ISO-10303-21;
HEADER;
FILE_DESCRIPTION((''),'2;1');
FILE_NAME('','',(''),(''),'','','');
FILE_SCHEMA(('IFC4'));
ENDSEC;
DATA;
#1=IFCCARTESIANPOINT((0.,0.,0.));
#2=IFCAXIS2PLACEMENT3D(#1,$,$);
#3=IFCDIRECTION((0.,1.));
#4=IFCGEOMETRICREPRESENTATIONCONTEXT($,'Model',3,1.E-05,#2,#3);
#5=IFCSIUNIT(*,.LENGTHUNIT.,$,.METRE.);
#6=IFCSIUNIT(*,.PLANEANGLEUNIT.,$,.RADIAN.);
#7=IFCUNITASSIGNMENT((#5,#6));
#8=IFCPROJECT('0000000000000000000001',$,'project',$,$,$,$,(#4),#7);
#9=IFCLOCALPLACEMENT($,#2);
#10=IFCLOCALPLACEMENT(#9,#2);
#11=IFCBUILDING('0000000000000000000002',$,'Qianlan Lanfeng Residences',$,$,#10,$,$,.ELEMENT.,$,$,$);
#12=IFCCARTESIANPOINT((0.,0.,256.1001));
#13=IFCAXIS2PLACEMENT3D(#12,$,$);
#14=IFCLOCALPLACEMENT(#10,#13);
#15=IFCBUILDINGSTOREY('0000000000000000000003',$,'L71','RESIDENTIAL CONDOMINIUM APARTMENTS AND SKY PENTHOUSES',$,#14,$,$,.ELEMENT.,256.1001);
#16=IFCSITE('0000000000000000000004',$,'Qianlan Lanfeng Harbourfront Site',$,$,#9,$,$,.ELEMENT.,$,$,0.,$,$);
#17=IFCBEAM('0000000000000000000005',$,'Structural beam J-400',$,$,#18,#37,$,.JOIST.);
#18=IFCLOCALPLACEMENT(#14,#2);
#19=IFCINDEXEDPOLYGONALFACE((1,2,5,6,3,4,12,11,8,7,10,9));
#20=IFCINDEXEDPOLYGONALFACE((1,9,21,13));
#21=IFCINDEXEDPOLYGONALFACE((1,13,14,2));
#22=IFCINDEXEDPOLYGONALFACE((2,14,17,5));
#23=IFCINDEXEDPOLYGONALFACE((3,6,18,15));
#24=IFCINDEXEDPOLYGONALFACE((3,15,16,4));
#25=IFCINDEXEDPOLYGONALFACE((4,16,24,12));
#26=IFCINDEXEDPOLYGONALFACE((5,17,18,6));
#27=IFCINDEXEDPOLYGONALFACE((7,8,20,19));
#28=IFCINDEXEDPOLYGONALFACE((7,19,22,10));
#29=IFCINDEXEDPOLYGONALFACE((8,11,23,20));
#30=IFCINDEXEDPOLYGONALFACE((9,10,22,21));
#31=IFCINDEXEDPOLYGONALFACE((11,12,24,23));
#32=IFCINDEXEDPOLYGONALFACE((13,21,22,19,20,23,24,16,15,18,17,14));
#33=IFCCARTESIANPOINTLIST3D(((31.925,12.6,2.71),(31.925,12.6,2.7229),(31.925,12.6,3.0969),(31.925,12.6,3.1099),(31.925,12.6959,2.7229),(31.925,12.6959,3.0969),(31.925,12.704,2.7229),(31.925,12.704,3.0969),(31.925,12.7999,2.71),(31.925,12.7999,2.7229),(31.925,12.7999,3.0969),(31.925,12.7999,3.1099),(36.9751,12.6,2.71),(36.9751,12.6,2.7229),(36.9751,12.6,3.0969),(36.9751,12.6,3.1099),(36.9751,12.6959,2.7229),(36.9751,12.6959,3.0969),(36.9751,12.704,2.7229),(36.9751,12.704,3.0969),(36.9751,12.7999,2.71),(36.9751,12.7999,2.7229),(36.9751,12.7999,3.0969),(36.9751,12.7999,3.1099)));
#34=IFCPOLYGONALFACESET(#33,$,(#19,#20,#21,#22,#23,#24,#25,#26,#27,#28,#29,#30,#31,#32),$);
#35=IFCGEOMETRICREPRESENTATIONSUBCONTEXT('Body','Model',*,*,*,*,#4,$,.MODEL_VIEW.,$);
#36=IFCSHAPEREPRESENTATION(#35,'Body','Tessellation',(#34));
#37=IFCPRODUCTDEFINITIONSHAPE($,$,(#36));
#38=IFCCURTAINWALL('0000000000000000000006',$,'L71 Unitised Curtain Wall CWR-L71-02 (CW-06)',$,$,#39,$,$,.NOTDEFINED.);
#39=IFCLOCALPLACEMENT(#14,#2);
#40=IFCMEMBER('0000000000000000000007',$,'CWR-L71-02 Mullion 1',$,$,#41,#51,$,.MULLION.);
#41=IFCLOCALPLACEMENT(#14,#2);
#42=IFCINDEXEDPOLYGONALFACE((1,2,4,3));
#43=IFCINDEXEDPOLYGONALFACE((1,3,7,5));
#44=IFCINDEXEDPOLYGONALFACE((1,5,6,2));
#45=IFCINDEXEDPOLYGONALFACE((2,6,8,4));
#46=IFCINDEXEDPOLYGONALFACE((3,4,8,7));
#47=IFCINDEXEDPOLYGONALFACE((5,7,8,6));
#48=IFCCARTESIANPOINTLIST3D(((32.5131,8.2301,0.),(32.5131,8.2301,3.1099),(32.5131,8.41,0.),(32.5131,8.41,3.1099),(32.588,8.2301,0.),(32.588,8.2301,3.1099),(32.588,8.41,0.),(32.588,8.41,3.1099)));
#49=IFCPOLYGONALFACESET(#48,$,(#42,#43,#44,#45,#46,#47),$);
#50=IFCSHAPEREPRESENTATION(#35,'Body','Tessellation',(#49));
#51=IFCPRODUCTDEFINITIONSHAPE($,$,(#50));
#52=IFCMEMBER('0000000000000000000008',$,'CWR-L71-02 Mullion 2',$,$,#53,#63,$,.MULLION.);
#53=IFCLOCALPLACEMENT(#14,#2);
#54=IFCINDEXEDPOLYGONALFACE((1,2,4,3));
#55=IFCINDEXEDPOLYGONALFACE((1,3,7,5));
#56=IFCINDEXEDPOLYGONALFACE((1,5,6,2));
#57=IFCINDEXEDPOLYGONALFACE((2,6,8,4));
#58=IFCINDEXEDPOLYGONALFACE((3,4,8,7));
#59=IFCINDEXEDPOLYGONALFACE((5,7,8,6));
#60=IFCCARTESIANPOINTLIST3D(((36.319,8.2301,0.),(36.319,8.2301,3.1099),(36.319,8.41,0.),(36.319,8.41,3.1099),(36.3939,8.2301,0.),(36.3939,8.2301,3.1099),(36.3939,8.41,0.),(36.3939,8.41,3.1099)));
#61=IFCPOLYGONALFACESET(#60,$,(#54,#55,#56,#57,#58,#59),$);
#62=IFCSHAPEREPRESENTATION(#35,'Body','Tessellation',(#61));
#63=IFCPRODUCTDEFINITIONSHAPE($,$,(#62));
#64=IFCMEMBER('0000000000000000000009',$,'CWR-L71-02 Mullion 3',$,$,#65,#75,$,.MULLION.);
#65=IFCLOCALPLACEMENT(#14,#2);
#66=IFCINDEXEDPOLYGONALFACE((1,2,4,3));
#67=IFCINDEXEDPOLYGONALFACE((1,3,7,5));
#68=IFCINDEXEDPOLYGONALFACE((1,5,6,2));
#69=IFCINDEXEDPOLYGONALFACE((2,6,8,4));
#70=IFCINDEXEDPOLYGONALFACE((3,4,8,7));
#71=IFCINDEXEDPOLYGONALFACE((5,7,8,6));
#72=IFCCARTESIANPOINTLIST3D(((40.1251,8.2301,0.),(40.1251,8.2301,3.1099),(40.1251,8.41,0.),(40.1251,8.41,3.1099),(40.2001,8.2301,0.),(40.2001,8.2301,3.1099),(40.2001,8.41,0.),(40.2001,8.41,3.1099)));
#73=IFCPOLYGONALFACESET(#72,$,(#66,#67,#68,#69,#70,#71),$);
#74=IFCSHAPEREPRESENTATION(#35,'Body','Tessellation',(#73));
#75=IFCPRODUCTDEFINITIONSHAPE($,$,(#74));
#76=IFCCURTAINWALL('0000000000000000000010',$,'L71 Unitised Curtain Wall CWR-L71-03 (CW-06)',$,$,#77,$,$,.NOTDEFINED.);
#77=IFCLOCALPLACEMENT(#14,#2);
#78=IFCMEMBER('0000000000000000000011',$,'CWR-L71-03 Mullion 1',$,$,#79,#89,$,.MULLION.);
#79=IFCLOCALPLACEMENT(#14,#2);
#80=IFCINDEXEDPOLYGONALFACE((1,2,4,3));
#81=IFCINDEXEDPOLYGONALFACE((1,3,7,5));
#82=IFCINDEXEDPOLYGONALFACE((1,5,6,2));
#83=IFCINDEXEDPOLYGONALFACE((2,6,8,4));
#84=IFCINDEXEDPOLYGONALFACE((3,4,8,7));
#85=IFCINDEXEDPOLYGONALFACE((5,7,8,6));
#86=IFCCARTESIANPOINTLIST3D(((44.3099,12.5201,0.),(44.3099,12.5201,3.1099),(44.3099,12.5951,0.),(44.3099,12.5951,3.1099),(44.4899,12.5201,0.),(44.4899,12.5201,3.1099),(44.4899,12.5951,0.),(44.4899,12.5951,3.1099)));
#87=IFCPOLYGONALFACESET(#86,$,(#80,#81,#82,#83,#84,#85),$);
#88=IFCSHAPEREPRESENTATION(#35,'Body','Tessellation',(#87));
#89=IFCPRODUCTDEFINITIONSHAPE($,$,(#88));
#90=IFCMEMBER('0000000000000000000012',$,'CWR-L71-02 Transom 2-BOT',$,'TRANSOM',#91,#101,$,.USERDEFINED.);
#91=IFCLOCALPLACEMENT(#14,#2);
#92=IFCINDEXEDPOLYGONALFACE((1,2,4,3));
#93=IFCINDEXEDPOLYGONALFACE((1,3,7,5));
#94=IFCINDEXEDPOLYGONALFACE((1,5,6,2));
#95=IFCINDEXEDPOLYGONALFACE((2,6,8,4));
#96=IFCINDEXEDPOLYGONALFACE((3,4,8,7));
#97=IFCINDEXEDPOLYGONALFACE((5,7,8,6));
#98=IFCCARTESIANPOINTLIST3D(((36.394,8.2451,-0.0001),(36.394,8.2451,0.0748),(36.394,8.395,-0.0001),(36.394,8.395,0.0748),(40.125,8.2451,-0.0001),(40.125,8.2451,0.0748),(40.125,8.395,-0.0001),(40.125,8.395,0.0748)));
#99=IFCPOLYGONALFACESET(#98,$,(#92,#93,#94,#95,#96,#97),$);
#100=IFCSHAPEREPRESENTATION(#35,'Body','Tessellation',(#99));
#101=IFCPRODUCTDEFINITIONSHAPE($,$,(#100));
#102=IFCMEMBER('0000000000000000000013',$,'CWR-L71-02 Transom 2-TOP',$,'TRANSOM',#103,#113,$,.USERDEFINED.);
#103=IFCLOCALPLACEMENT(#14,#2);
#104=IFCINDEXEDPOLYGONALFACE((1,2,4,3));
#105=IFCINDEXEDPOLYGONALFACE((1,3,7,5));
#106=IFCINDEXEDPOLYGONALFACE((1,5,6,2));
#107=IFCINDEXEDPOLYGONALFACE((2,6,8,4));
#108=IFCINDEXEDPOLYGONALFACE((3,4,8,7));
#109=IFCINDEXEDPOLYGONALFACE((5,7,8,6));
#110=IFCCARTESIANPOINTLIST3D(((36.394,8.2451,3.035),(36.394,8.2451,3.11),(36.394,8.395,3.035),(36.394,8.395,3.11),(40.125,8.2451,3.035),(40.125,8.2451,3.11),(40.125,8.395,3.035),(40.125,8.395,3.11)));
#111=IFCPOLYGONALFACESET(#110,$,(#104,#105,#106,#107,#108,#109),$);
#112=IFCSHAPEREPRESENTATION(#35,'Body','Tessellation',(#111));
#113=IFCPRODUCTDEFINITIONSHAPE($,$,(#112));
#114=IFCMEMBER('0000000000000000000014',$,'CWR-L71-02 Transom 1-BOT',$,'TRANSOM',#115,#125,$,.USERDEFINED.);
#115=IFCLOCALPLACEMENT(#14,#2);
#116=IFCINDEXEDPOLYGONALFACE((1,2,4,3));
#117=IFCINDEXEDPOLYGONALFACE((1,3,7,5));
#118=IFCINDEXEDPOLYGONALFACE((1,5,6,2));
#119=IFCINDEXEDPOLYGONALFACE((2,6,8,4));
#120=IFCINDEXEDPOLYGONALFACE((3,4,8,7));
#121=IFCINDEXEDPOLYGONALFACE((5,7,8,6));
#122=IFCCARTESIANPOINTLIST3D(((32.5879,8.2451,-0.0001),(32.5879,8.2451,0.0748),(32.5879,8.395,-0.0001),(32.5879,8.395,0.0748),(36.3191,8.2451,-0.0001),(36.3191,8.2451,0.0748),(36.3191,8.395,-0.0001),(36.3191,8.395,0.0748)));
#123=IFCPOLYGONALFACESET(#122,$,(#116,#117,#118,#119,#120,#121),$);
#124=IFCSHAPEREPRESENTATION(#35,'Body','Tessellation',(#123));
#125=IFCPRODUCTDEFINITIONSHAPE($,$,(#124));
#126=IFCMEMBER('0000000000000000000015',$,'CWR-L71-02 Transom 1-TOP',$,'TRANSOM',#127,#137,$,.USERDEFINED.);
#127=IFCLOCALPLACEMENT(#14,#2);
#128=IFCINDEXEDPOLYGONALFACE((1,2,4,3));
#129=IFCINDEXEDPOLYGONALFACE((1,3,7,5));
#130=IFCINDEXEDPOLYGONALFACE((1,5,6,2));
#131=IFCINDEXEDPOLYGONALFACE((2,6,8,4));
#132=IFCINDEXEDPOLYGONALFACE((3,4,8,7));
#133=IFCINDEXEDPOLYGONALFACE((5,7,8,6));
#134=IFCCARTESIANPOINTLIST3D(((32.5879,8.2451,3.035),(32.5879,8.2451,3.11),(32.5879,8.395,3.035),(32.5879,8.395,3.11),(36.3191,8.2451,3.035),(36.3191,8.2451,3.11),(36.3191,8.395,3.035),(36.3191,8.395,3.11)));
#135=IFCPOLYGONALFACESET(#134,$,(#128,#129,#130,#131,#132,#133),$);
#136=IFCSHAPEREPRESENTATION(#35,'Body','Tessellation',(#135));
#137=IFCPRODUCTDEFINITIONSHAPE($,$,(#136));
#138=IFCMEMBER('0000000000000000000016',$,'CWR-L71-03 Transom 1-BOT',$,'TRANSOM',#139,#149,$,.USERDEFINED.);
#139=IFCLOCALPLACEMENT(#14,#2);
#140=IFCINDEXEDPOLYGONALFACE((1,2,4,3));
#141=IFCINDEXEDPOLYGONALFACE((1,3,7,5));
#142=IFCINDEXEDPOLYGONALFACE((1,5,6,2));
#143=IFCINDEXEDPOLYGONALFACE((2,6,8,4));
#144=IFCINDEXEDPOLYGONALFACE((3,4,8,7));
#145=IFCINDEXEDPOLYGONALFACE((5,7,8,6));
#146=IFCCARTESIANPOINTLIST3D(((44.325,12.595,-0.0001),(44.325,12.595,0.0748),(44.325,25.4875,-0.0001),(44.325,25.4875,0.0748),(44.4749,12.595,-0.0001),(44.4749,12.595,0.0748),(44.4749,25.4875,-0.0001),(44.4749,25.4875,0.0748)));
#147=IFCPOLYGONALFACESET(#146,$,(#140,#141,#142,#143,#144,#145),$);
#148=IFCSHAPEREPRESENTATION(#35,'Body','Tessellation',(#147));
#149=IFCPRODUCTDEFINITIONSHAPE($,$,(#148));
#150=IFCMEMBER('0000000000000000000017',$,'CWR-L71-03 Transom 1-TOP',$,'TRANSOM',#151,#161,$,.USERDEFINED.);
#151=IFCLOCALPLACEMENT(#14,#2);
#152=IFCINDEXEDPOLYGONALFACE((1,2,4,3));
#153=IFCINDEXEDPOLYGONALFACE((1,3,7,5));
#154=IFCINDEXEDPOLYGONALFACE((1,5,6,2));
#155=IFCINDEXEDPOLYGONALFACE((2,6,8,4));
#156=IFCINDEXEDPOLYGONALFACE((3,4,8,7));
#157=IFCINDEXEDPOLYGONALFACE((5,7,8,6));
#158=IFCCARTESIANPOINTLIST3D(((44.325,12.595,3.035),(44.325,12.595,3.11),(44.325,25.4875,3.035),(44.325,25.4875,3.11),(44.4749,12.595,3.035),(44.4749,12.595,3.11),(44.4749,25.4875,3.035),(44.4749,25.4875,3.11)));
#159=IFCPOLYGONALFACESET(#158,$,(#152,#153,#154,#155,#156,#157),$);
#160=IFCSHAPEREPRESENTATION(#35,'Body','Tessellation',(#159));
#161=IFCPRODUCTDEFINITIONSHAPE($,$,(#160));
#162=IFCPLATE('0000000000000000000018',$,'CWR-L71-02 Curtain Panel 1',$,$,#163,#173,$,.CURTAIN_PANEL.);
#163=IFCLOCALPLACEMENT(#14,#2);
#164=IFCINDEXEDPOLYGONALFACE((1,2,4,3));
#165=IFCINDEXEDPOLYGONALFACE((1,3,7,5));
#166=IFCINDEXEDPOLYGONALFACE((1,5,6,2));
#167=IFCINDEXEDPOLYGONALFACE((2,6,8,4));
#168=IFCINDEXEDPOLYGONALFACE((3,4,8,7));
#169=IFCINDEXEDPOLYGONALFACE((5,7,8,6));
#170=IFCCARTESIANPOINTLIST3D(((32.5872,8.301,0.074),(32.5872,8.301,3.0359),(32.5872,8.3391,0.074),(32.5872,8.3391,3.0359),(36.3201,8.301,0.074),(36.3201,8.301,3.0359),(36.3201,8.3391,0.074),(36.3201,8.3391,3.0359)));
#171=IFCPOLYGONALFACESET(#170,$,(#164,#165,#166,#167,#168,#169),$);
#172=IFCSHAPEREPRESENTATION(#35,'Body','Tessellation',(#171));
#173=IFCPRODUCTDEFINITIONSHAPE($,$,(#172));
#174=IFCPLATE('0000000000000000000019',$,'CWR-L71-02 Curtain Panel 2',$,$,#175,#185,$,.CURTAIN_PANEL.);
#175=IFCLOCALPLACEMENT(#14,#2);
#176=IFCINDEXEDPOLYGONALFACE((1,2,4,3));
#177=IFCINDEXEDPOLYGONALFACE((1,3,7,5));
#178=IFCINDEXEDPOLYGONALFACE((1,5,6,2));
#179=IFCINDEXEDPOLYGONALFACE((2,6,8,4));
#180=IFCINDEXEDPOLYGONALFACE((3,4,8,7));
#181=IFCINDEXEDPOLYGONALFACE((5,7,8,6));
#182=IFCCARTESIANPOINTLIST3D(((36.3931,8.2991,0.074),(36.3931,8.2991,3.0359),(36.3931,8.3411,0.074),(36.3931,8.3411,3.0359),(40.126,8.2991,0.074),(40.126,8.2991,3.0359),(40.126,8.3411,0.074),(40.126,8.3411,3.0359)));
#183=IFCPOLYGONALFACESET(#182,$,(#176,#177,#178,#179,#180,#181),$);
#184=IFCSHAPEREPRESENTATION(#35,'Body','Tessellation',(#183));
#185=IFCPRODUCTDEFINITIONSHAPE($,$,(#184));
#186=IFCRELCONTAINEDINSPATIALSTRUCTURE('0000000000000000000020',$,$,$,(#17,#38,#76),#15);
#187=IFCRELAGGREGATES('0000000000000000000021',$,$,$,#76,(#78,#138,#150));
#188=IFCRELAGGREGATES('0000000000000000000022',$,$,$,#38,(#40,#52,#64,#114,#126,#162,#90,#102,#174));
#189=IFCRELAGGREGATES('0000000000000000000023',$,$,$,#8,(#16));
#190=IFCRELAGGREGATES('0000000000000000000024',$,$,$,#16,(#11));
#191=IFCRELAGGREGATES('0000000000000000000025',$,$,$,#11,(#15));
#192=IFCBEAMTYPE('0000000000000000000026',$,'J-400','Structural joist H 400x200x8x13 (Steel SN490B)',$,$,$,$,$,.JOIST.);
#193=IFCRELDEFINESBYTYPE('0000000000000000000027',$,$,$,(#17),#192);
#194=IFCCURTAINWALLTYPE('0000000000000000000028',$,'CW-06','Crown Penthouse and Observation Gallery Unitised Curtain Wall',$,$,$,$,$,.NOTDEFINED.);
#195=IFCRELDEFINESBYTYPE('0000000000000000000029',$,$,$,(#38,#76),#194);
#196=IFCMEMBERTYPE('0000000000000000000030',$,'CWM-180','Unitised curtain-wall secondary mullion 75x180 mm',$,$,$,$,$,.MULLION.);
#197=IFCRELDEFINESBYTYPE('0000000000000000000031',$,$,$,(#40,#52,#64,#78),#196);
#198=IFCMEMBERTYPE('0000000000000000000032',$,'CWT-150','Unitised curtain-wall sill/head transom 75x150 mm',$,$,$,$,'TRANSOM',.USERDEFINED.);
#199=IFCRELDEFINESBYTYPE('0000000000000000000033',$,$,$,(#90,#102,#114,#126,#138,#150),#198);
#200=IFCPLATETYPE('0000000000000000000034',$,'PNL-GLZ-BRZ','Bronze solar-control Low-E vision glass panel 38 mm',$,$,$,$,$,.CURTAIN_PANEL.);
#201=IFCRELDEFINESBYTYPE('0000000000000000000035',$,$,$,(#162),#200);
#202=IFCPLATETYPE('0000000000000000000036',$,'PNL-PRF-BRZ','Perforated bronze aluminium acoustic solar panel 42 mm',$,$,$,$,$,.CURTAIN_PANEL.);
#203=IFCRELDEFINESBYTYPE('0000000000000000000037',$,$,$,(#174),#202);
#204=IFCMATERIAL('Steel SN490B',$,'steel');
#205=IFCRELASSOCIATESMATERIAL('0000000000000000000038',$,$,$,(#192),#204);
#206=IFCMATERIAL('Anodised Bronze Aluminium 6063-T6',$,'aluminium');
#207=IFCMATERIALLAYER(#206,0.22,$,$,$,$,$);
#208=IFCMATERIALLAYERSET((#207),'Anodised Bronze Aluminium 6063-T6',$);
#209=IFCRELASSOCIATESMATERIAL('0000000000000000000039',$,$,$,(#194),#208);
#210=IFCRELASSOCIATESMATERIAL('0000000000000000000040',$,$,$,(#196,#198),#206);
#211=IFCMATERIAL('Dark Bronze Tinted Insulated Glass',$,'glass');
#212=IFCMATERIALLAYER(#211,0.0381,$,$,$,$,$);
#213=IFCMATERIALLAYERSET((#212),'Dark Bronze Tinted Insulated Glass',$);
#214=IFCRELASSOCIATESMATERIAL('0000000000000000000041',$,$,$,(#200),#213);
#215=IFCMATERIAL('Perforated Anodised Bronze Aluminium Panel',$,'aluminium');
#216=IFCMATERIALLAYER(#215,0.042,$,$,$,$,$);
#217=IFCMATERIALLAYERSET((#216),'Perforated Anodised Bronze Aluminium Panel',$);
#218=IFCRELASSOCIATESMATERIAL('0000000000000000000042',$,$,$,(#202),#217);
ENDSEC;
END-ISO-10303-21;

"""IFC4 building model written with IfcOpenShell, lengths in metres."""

from ifc_helpers import new_model, si_unit, direction, frame, origin, origin_2d, place, context, subcontext, project, spatial, rectangle, i_section, extrude, source, transform, mapped, material, layer, layer_set, material_profile, profile_set, type_object, element, aggregate, save


model = new_model("IFC4")

# Units and contexts
model_context = context("Model", 3, precision=1e-05, world=origin(), true_north=direction((0.0, 1.0)))
body_context = subcontext(model_context, "Body", "Model", "MODEL_VIEW")
ifc_project = project(units=[si_unit("LENGTHUNIT", "METRE"), si_unit("PLANEANGLEUNIT", "RADIAN")], contexts=[model_context])

# Site, building, storey
site_placement = place(None, origin())
site = spatial("IfcSite", under=ifc_project, at=site_placement, Name="Qianlan Lanfeng Harbourfront Site", CompositionType="ELEMENT", RefElevation=0.0)
building_placement = place(site_placement, origin())
building = spatial("IfcBuilding", under=site, at=building_placement, Name="Qianlan Lanfeng Residences", CompositionType="ELEMENT")
storey_placement = place(building_placement, frame((0.0, 0.0, 256.1001)))
storey = spatial("IfcBuildingStorey", under=building, at=storey_placement, Name="L71", Description="RESIDENTIAL CONDOMINIUM APARTMENTS AND SKY PENTHOUSES", CompositionType="ELEMENT", Elevation=256.1001)

# Shared definitions
ifc_material_1 = material(Name="Steel SN490B", Category="steel")

# Beam
ifc_material_profile_1 = material_profile(ifc_material_1, i_section(OverallWidth=0.2, OverallDepth=0.3999, WebThickness=0.0081, FlangeThickness=0.0129, at=origin_2d()), Name="H 400x200x8x13")
ifc_profile_set_1 = profile_set([ifc_material_profile_1], Name="Steel SN490B")
beam_type_1 = type_object("IfcBeamType", Name="J-400", Description="Structural joist H 400x200x8x13 (Steel SN490B)", PredefinedType="JOIST", material=ifc_profile_set_1)
beam_1_placement = place(storey_placement, frame((31.925, 12.7, 2.9099), z_axis=(1.0, 0.0, 0.0), x_axis=(0.0, 1.0, 0.0)))
element("IfcBeam", 1, at=beam_1_placement, inside=storey, type_object=beam_type_1, Name="Structural beam J-400", PredefinedType="JOIST", context=body_context, shape_type="SweptSolid", body=[
    extrude(i_section(OverallWidth=0.2, OverallDepth=0.3999, WebThickness=0.0081, FlangeThickness=0.0129, at=origin_2d()), origin(), (0.0, 0.0, 1.0), 5.05),
])

# Curtain wall, members
ifc_material_2 = material(Name="Anodised Bronze Aluminium 6063-T6", Category="aluminium")
ifc_layer_1 = layer(ifc_material_2, 0.22)
ifc_layer_set_1 = layer_set([ifc_layer_1], Name="Anodised Bronze Aluminium 6063-T6")
curtain_wall_type = type_object("IfcCurtainWallType", Name="CW-06", Description="Crown Penthouse and Observation Gallery Unitised Curtain Wall", PredefinedType="NOTDEFINED", material=ifc_layer_set_1)
curtain_wall_1_placement = place(storey_placement, origin())
curtain_wall_1 = element("IfcCurtainWall", 2, at=curtain_wall_1_placement, inside=storey, type_object=curtain_wall_type, Name="L71 Unitised Curtain Wall CWR-L71-02 (CW-06)", PredefinedType="NOTDEFINED")
ifc_material_profile_2 = material_profile(ifc_material_2, rectangle(XDim=0.075, YDim=0.1799, at=origin_2d()), Name="ALU MULLION 75x180")
ifc_profile_set_2 = profile_set([ifc_material_profile_2], Name="Anodised Bronze Aluminium 6063-T6")
member_type_1 = type_object("IfcMemberType", Name="CWM-180", Description="Unitised curtain-wall secondary mullion 75x180 mm", PredefinedType="MULLION", material=ifc_profile_set_2)
shared_shape_1 = source(origin(), body_context, "Body", "SweptSolid", [
    extrude(rectangle(XDim=0.075, YDim=0.1799, at=origin_2d()), origin(), (0.0, 0.0, 1.0), 3.1099),
])
member_1_placement = place(storey_placement, frame((32.5505, 8.3201, 0.0), z_axis=(0.0, 0.0, 1.0), x_axis=(1.0, 0.0, 0.0)))
member_1 = element("IfcMember", 3, at=member_1_placement, type_object=member_type_1, Name="CWR-L71-02 Mullion 1", PredefinedType="MULLION", context=body_context, shape_type="MappedRepresentation", body=[
    mapped(shared_shape_1, transform((0.0, 0.0, 0.0), scale=1.0)),
])
member_2_placement = place(storey_placement, frame((36.3564, 8.3201, 0.0), z_axis=(0.0, 0.0, 1.0), x_axis=(1.0, 0.0, 0.0)))
member_2 = element("IfcMember", 4, at=member_2_placement, type_object=member_type_1, Name="CWR-L71-02 Mullion 2", PredefinedType="MULLION", context=body_context, shape_type="MappedRepresentation", body=[
    mapped(shared_shape_1, transform((0.0, 0.0, 0.0), scale=1.0)),
])
member_3_placement = place(storey_placement, frame((40.1626, 8.3201, 0.0), z_axis=(0.0, 0.0, 1.0), x_axis=(1.0, 0.0, 0.0)))
member_3 = element("IfcMember", 5, at=member_3_placement, type_object=member_type_1, Name="CWR-L71-02 Mullion 3", PredefinedType="MULLION", context=body_context, shape_type="MappedRepresentation", body=[
    mapped(shared_shape_1, transform((0.0, 0.0, 0.0), scale=1.0)),
])

# Curtain wall, member
curtain_wall_2_placement = place(storey_placement, origin())
curtain_wall_2 = element("IfcCurtainWall", 6, at=curtain_wall_2_placement, inside=storey, type_object=curtain_wall_type, Name="L71 Unitised Curtain Wall CWR-L71-03 (CW-06)", PredefinedType="NOTDEFINED")
member_4_placement = place(storey_placement, frame((44.3999, 12.5576, 0.0), z_axis=(0.0, 0.0, 1.0), x_axis=(0.0, 1.0, 0.0)))
member_4 = element("IfcMember", 7, at=member_4_placement, type_object=member_type_1, Name="CWR-L71-03 Mullion 1", PredefinedType="MULLION", context=body_context, shape_type="MappedRepresentation", body=[
    mapped(shared_shape_1, transform((0.0, 0.0, 0.0), scale=1.0)),
])

# Members
ifc_material_profile_3 = material_profile(ifc_material_2, rectangle(XDim=0.075, YDim=0.1499, at=origin_2d()), Name="ALU TRANSOM 75x150")
ifc_profile_set_3 = profile_set([ifc_material_profile_3], Name="Anodised Bronze Aluminium 6063-T6")
member_type_2 = type_object("IfcMemberType", Name="CWT-150", Description="Unitised curtain-wall sill/head transom 75x150 mm", ElementType="TRANSOM", PredefinedType="USERDEFINED", material=ifc_profile_set_3)
shared_shape_2 = source(origin(), body_context, "Body", "SweptSolid", [
    extrude(rectangle(XDim=0.075, YDim=0.1499, at=origin_2d()), origin(), (0.0, 0.0, 1.0), 3.731),
])
member_5_placement = place(storey_placement, frame((36.394, 8.3201, 0.0374), z_axis=(1.0, 0.0, 0.0), x_axis=(0.0, 0.0, 1.0)))
member_5 = element("IfcMember", 8, at=member_5_placement, type_object=member_type_2, Name="CWR-L71-02 Transom 2-BOT", ObjectType="TRANSOM", PredefinedType="USERDEFINED", context=body_context, shape_type="MappedRepresentation", body=[
    mapped(shared_shape_2, transform((0.0, 0.0, 0.0), scale=1.0)),
])
member_6_placement = place(storey_placement, frame((36.394, 8.3201, 3.0725), z_axis=(1.0, 0.0, 0.0), x_axis=(0.0, 0.0, 1.0)))
member_6 = element("IfcMember", 9, at=member_6_placement, type_object=member_type_2, Name="CWR-L71-02 Transom 2-TOP", ObjectType="TRANSOM", PredefinedType="USERDEFINED", context=body_context, shape_type="MappedRepresentation", body=[
    mapped(shared_shape_2, transform((0.0, 0.0, 0.0), scale=1.0)),
])
shared_shape_3 = source(origin(), body_context, "Body", "SweptSolid", [
    extrude(rectangle(XDim=0.075, YDim=0.1499, at=origin_2d()), origin(), (0.0, 0.0, 1.0), 3.7312),
])
member_7_placement = place(storey_placement, frame((32.5879, 8.3201, 0.0374), z_axis=(1.0, 0.0, 0.0), x_axis=(0.0, 0.0, 1.0)))
member_7 = element("IfcMember", 10, at=member_7_placement, type_object=member_type_2, Name="CWR-L71-02 Transom 1-BOT", ObjectType="TRANSOM", PredefinedType="USERDEFINED", context=body_context, shape_type="MappedRepresentation", body=[
    mapped(shared_shape_3, transform((0.0, 0.0, 0.0), scale=1.0)),
])
member_8_placement = place(storey_placement, frame((32.5879, 8.3201, 3.0725), z_axis=(1.0, 0.0, 0.0), x_axis=(0.0, 0.0, 1.0)))
member_8 = element("IfcMember", 11, at=member_8_placement, type_object=member_type_2, Name="CWR-L71-02 Transom 1-TOP", ObjectType="TRANSOM", PredefinedType="USERDEFINED", context=body_context, shape_type="MappedRepresentation", body=[
    mapped(shared_shape_3, transform((0.0, 0.0, 0.0), scale=1.0)),
])
shared_shape_4 = source(origin(), body_context, "Body", "SweptSolid", [
    extrude(rectangle(XDim=0.075, YDim=0.1499, at=origin_2d()), origin(), (0.0, 0.0, 1.0), 12.8926),
])
member_9_placement = place(storey_placement, frame((44.3999, 12.595, 0.0374), z_axis=(0.0, 1.0, 0.0), x_axis=(0.0, 0.0, 1.0)))
member_9 = element("IfcMember", 12, at=member_9_placement, type_object=member_type_2, Name="CWR-L71-03 Transom 1-BOT", ObjectType="TRANSOM", PredefinedType="USERDEFINED", context=body_context, shape_type="MappedRepresentation", body=[
    mapped(shared_shape_4, transform((0.0, 0.0, 0.0), scale=1.0)),
])
member_10_placement = place(storey_placement, frame((44.3999, 12.595, 3.0725), z_axis=(0.0, 1.0, 0.0), x_axis=(0.0, 0.0, 1.0)))
member_10 = element("IfcMember", 13, at=member_10_placement, type_object=member_type_2, Name="CWR-L71-03 Transom 1-TOP", ObjectType="TRANSOM", PredefinedType="USERDEFINED", context=body_context, shape_type="MappedRepresentation", body=[
    mapped(shared_shape_4, transform((0.0, 0.0, 0.0), scale=1.0)),
])
aggregate(curtain_wall_2, [member_4, member_9, member_10])

# Plates
ifc_material_3 = material(Name="Dark Bronze Tinted Insulated Glass", Category="glass")
ifc_layer_2 = layer(ifc_material_3, 0.0381)
ifc_layer_set_2 = layer_set([ifc_layer_2], Name="Dark Bronze Tinted Insulated Glass")
plate_type_1 = type_object("IfcPlateType", Name="PNL-GLZ-BRZ", Description="Bronze solar-control Low-E vision glass panel 38 mm", PredefinedType="CURTAIN_PANEL", material=ifc_layer_set_2)
shared_shape_5 = source(origin(), body_context, "Body", "SweptSolid", [
    extrude(rectangle(XDim=3.7329, YDim=0.0381, at=origin_2d()), origin(), (0.0, 0.0, 1.0), 2.9619),
])
plate_1_placement = place(storey_placement, frame((34.4536, 8.3201, 0.074), z_axis=(0.0, 0.0, 1.0), x_axis=(1.0, 0.0, 0.0)))
plate_1 = element("IfcPlate", 14, at=plate_1_placement, type_object=plate_type_1, Name="CWR-L71-02 Curtain Panel 1", PredefinedType="CURTAIN_PANEL", context=body_context, shape_type="MappedRepresentation", body=[
    mapped(shared_shape_5, transform((0.0, 0.0, 0.0), scale=1.0)),
])
ifc_material_4 = material(Name="Perforated Anodised Bronze Aluminium Panel", Category="aluminium")
ifc_layer_3 = layer(ifc_material_4, 0.042)
ifc_layer_set_3 = layer_set([ifc_layer_3], Name="Perforated Anodised Bronze Aluminium Panel")
plate_type_2 = type_object("IfcPlateType", Name="PNL-PRF-BRZ", Description="Perforated bronze aluminium acoustic solar panel 42 mm", PredefinedType="CURTAIN_PANEL", material=ifc_layer_set_3)
shared_shape_6 = source(origin(), body_context, "Body", "SweptSolid", [
    extrude(rectangle(XDim=3.7329, YDim=0.042, at=origin_2d()), origin(), (0.0, 0.0, 1.0), 2.9619),
])
plate_2_placement = place(storey_placement, frame((38.2595, 8.3201, 0.074), z_axis=(0.0, 0.0, 1.0), x_axis=(1.0, 0.0, 0.0)))
plate_2 = element("IfcPlate", 15, at=plate_2_placement, type_object=plate_type_2, Name="CWR-L71-02 Curtain Panel 2", PredefinedType="CURTAIN_PANEL", context=body_context, shape_type="MappedRepresentation", body=[
    mapped(shared_shape_6, transform((0.0, 0.0, 0.0), scale=1.0)),
])
aggregate(curtain_wall_1, [member_1, member_2, member_3, member_7, member_8, plate_1, member_5, member_6, plate_2])

save(model, "model.ifc")
